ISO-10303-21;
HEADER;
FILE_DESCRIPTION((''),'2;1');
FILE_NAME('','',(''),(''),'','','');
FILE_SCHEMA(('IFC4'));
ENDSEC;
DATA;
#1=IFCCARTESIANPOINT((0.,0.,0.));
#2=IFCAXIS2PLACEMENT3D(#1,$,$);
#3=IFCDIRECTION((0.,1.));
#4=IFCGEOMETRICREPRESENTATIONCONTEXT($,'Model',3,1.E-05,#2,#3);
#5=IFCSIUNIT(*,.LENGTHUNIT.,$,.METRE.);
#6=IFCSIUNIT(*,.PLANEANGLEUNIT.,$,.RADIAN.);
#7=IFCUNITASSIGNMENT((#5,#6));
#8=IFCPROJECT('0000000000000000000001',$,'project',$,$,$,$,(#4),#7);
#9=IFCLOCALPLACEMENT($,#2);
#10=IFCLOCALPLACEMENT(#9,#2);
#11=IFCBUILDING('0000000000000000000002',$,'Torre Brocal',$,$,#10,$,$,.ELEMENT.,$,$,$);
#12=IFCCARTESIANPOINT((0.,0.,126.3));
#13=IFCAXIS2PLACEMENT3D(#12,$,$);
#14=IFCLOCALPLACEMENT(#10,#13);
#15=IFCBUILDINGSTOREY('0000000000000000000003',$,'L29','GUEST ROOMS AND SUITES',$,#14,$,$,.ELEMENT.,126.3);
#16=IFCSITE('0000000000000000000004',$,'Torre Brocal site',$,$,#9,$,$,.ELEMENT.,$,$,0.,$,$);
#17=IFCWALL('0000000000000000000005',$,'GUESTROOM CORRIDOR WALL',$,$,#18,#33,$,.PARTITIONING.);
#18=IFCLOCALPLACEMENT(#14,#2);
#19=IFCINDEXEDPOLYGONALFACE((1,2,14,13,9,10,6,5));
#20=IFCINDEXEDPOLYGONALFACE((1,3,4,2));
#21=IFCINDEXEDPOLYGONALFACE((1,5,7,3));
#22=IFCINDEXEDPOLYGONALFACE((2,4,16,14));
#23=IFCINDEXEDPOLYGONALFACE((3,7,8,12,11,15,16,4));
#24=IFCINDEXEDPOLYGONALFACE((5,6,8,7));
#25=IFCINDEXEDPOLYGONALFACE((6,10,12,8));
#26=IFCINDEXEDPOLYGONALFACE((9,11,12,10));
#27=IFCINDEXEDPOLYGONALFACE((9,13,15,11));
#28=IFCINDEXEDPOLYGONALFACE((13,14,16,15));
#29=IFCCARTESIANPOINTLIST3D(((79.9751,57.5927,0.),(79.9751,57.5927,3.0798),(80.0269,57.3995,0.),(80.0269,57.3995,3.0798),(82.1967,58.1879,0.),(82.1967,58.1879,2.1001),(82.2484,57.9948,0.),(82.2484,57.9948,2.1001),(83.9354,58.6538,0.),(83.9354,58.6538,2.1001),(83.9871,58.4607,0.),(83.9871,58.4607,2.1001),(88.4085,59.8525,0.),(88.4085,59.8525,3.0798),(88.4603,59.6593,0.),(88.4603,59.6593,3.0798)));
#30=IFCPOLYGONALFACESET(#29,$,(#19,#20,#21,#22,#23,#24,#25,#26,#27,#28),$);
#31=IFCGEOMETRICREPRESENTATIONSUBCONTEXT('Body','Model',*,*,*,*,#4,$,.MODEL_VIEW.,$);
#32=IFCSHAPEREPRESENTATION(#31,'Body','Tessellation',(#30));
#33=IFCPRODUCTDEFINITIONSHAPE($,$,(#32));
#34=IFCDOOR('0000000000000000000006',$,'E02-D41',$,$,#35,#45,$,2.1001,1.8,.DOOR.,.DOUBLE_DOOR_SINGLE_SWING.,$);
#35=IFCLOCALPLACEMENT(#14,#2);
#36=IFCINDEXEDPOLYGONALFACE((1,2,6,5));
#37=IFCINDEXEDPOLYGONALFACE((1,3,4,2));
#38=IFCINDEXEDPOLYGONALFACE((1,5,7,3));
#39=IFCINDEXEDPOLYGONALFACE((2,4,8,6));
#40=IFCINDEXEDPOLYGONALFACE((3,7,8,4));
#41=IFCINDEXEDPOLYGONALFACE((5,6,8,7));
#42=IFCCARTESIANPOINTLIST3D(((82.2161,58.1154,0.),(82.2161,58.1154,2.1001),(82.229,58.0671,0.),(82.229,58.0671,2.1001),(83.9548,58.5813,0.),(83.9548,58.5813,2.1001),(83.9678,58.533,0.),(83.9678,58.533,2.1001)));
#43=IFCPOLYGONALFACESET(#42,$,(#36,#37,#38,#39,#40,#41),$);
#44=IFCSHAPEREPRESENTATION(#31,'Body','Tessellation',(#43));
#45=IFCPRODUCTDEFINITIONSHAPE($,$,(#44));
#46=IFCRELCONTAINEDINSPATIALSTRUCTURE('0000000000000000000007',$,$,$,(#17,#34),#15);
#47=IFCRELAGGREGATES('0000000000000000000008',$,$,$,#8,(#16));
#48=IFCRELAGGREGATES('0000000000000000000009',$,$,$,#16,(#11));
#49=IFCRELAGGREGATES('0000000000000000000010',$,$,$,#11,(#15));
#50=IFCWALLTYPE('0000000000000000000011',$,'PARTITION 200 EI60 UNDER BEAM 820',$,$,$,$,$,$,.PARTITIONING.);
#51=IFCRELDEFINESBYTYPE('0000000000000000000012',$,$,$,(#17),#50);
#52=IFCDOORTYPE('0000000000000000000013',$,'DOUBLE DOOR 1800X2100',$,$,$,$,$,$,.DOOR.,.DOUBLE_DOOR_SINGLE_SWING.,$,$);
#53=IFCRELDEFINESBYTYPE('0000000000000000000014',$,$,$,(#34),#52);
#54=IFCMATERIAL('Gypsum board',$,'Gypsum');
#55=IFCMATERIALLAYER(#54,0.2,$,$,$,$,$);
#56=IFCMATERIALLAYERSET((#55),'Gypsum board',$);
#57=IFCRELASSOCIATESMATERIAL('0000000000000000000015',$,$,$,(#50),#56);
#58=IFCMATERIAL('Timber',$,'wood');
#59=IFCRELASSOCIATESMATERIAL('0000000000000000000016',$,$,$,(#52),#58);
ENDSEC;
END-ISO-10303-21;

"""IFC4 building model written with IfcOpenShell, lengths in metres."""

from ifc_helpers import new_model, si_unit, direction, frame, frame_2d, origin, place, context, subcontext, project, spatial, rectangle, extrude, material, layer, layer_set, type_object, element, fill, save


model = new_model("IFC4")

# Units and contexts
model_context = context("Model", 3, precision=1e-05, world=origin(), true_north=direction((0.0, 1.0)))
body_context = subcontext(model_context, "Body", "Model", "MODEL_VIEW")
ifc_project = project(units=[si_unit("LENGTHUNIT", "METRE"), si_unit("PLANEANGLEUNIT", "RADIAN")], contexts=[model_context])

# Site, building, storey
site_placement = place(None, origin())
site = spatial("IfcSite", under=ifc_project, at=site_placement, Name="Torre Brocal site", CompositionType="ELEMENT", RefElevation=0.0)
building_placement = place(site_placement, origin())
building = spatial("IfcBuilding", under=site, at=building_placement, Name="Torre Brocal", CompositionType="ELEMENT")
storey_placement = place(building_placement, frame((0.0, 0.0, 126.3)))
storey = spatial("IfcBuildingStorey", under=building, at=storey_placement, Name="L29", Description="GUEST ROOMS AND SUITES", CompositionType="ELEMENT", Elevation=126.3)

# Wall, opening, door
ifc_material_1 = material(Name="Gypsum board", Category="Gypsum")
ifc_layer_1 = layer(ifc_material_1, 0.2)
ifc_layer_set_1 = layer_set([ifc_layer_1], Name="Gypsum board")
wall_type_1 = type_object("IfcWallType", Name="PARTITION 200 EI60 UNDER BEAM 820", PredefinedType="PARTITIONING", material=ifc_layer_set_1)
wall_1_placement = place(storey_placement, frame((80.001, 57.4961, 0.0), z_axis=(0.0, 0.0, 1.0), x_axis=(0.965924, 0.258825, 0.0)))
wall_1 = element("IfcWall", 1, at=wall_1_placement, inside=storey, type_object=wall_type_1, Name="GUESTROOM CORRIDOR WALL", PredefinedType="PARTITIONING", context=body_context, shape_type="SweptSolid", body=[
    extrude(rectangle(XDim=8.731, YDim=0.2, at=frame_2d((4.3655, 0.0))), origin(), (0.0, 0.0, 1.0), 3.0798),
])
opening_1_placement = place(wall_1_placement, frame((2.3, 0.0, 0.0)))
opening_1 = element("IfcOpeningElement", 2, at=opening_1_placement, cuts=wall_1, PredefinedType="OPENING", context=body_context, shape_type="SweptSolid", body=[
    extrude(rectangle(XDim=1.8, YDim=2.1001, at=frame_2d((0.8999, 1.05))), frame((0.0, 0.1099, 0.0), z_axis=(0.0, -1.0, 0.0), x_axis=(1.0, 0.0, 0.0)), (0.0, 0.0, 1.0), 0.22),
])
ifc_material_2 = material(Name="Timber", Category="wood")
door_type_1 = type_object("IfcDoorType", Name="DOUBLE DOOR 1800X2100", OperationType="DOUBLE_DOOR_SINGLE_SWING", PredefinedType="DOOR", material=ifc_material_2)
door_1_placement = place(opening_1_placement, origin())
door_1 = element("IfcDoor", 3, at=door_1_placement, inside=storey, type_object=door_type_1, Name="E02-D41", OperationType="DOUBLE_DOOR_SINGLE_SWING", OverallHeight=2.1001, OverallWidth=1.8, PredefinedType="DOOR", context=body_context, shape_type="SweptSolid", body=[
    extrude(rectangle(XDim=1.8, YDim=2.1001, at=frame_2d((0.8999, 1.05))), frame((0.0, 0.0249, 0.0), z_axis=(0.0, -1.0, 0.0), x_axis=(1.0, 0.0, 0.0)), (0.0, 0.0, 1.0), 0.05),
])
fill(opening_1, door_1)

save(model, "model.ifc")
